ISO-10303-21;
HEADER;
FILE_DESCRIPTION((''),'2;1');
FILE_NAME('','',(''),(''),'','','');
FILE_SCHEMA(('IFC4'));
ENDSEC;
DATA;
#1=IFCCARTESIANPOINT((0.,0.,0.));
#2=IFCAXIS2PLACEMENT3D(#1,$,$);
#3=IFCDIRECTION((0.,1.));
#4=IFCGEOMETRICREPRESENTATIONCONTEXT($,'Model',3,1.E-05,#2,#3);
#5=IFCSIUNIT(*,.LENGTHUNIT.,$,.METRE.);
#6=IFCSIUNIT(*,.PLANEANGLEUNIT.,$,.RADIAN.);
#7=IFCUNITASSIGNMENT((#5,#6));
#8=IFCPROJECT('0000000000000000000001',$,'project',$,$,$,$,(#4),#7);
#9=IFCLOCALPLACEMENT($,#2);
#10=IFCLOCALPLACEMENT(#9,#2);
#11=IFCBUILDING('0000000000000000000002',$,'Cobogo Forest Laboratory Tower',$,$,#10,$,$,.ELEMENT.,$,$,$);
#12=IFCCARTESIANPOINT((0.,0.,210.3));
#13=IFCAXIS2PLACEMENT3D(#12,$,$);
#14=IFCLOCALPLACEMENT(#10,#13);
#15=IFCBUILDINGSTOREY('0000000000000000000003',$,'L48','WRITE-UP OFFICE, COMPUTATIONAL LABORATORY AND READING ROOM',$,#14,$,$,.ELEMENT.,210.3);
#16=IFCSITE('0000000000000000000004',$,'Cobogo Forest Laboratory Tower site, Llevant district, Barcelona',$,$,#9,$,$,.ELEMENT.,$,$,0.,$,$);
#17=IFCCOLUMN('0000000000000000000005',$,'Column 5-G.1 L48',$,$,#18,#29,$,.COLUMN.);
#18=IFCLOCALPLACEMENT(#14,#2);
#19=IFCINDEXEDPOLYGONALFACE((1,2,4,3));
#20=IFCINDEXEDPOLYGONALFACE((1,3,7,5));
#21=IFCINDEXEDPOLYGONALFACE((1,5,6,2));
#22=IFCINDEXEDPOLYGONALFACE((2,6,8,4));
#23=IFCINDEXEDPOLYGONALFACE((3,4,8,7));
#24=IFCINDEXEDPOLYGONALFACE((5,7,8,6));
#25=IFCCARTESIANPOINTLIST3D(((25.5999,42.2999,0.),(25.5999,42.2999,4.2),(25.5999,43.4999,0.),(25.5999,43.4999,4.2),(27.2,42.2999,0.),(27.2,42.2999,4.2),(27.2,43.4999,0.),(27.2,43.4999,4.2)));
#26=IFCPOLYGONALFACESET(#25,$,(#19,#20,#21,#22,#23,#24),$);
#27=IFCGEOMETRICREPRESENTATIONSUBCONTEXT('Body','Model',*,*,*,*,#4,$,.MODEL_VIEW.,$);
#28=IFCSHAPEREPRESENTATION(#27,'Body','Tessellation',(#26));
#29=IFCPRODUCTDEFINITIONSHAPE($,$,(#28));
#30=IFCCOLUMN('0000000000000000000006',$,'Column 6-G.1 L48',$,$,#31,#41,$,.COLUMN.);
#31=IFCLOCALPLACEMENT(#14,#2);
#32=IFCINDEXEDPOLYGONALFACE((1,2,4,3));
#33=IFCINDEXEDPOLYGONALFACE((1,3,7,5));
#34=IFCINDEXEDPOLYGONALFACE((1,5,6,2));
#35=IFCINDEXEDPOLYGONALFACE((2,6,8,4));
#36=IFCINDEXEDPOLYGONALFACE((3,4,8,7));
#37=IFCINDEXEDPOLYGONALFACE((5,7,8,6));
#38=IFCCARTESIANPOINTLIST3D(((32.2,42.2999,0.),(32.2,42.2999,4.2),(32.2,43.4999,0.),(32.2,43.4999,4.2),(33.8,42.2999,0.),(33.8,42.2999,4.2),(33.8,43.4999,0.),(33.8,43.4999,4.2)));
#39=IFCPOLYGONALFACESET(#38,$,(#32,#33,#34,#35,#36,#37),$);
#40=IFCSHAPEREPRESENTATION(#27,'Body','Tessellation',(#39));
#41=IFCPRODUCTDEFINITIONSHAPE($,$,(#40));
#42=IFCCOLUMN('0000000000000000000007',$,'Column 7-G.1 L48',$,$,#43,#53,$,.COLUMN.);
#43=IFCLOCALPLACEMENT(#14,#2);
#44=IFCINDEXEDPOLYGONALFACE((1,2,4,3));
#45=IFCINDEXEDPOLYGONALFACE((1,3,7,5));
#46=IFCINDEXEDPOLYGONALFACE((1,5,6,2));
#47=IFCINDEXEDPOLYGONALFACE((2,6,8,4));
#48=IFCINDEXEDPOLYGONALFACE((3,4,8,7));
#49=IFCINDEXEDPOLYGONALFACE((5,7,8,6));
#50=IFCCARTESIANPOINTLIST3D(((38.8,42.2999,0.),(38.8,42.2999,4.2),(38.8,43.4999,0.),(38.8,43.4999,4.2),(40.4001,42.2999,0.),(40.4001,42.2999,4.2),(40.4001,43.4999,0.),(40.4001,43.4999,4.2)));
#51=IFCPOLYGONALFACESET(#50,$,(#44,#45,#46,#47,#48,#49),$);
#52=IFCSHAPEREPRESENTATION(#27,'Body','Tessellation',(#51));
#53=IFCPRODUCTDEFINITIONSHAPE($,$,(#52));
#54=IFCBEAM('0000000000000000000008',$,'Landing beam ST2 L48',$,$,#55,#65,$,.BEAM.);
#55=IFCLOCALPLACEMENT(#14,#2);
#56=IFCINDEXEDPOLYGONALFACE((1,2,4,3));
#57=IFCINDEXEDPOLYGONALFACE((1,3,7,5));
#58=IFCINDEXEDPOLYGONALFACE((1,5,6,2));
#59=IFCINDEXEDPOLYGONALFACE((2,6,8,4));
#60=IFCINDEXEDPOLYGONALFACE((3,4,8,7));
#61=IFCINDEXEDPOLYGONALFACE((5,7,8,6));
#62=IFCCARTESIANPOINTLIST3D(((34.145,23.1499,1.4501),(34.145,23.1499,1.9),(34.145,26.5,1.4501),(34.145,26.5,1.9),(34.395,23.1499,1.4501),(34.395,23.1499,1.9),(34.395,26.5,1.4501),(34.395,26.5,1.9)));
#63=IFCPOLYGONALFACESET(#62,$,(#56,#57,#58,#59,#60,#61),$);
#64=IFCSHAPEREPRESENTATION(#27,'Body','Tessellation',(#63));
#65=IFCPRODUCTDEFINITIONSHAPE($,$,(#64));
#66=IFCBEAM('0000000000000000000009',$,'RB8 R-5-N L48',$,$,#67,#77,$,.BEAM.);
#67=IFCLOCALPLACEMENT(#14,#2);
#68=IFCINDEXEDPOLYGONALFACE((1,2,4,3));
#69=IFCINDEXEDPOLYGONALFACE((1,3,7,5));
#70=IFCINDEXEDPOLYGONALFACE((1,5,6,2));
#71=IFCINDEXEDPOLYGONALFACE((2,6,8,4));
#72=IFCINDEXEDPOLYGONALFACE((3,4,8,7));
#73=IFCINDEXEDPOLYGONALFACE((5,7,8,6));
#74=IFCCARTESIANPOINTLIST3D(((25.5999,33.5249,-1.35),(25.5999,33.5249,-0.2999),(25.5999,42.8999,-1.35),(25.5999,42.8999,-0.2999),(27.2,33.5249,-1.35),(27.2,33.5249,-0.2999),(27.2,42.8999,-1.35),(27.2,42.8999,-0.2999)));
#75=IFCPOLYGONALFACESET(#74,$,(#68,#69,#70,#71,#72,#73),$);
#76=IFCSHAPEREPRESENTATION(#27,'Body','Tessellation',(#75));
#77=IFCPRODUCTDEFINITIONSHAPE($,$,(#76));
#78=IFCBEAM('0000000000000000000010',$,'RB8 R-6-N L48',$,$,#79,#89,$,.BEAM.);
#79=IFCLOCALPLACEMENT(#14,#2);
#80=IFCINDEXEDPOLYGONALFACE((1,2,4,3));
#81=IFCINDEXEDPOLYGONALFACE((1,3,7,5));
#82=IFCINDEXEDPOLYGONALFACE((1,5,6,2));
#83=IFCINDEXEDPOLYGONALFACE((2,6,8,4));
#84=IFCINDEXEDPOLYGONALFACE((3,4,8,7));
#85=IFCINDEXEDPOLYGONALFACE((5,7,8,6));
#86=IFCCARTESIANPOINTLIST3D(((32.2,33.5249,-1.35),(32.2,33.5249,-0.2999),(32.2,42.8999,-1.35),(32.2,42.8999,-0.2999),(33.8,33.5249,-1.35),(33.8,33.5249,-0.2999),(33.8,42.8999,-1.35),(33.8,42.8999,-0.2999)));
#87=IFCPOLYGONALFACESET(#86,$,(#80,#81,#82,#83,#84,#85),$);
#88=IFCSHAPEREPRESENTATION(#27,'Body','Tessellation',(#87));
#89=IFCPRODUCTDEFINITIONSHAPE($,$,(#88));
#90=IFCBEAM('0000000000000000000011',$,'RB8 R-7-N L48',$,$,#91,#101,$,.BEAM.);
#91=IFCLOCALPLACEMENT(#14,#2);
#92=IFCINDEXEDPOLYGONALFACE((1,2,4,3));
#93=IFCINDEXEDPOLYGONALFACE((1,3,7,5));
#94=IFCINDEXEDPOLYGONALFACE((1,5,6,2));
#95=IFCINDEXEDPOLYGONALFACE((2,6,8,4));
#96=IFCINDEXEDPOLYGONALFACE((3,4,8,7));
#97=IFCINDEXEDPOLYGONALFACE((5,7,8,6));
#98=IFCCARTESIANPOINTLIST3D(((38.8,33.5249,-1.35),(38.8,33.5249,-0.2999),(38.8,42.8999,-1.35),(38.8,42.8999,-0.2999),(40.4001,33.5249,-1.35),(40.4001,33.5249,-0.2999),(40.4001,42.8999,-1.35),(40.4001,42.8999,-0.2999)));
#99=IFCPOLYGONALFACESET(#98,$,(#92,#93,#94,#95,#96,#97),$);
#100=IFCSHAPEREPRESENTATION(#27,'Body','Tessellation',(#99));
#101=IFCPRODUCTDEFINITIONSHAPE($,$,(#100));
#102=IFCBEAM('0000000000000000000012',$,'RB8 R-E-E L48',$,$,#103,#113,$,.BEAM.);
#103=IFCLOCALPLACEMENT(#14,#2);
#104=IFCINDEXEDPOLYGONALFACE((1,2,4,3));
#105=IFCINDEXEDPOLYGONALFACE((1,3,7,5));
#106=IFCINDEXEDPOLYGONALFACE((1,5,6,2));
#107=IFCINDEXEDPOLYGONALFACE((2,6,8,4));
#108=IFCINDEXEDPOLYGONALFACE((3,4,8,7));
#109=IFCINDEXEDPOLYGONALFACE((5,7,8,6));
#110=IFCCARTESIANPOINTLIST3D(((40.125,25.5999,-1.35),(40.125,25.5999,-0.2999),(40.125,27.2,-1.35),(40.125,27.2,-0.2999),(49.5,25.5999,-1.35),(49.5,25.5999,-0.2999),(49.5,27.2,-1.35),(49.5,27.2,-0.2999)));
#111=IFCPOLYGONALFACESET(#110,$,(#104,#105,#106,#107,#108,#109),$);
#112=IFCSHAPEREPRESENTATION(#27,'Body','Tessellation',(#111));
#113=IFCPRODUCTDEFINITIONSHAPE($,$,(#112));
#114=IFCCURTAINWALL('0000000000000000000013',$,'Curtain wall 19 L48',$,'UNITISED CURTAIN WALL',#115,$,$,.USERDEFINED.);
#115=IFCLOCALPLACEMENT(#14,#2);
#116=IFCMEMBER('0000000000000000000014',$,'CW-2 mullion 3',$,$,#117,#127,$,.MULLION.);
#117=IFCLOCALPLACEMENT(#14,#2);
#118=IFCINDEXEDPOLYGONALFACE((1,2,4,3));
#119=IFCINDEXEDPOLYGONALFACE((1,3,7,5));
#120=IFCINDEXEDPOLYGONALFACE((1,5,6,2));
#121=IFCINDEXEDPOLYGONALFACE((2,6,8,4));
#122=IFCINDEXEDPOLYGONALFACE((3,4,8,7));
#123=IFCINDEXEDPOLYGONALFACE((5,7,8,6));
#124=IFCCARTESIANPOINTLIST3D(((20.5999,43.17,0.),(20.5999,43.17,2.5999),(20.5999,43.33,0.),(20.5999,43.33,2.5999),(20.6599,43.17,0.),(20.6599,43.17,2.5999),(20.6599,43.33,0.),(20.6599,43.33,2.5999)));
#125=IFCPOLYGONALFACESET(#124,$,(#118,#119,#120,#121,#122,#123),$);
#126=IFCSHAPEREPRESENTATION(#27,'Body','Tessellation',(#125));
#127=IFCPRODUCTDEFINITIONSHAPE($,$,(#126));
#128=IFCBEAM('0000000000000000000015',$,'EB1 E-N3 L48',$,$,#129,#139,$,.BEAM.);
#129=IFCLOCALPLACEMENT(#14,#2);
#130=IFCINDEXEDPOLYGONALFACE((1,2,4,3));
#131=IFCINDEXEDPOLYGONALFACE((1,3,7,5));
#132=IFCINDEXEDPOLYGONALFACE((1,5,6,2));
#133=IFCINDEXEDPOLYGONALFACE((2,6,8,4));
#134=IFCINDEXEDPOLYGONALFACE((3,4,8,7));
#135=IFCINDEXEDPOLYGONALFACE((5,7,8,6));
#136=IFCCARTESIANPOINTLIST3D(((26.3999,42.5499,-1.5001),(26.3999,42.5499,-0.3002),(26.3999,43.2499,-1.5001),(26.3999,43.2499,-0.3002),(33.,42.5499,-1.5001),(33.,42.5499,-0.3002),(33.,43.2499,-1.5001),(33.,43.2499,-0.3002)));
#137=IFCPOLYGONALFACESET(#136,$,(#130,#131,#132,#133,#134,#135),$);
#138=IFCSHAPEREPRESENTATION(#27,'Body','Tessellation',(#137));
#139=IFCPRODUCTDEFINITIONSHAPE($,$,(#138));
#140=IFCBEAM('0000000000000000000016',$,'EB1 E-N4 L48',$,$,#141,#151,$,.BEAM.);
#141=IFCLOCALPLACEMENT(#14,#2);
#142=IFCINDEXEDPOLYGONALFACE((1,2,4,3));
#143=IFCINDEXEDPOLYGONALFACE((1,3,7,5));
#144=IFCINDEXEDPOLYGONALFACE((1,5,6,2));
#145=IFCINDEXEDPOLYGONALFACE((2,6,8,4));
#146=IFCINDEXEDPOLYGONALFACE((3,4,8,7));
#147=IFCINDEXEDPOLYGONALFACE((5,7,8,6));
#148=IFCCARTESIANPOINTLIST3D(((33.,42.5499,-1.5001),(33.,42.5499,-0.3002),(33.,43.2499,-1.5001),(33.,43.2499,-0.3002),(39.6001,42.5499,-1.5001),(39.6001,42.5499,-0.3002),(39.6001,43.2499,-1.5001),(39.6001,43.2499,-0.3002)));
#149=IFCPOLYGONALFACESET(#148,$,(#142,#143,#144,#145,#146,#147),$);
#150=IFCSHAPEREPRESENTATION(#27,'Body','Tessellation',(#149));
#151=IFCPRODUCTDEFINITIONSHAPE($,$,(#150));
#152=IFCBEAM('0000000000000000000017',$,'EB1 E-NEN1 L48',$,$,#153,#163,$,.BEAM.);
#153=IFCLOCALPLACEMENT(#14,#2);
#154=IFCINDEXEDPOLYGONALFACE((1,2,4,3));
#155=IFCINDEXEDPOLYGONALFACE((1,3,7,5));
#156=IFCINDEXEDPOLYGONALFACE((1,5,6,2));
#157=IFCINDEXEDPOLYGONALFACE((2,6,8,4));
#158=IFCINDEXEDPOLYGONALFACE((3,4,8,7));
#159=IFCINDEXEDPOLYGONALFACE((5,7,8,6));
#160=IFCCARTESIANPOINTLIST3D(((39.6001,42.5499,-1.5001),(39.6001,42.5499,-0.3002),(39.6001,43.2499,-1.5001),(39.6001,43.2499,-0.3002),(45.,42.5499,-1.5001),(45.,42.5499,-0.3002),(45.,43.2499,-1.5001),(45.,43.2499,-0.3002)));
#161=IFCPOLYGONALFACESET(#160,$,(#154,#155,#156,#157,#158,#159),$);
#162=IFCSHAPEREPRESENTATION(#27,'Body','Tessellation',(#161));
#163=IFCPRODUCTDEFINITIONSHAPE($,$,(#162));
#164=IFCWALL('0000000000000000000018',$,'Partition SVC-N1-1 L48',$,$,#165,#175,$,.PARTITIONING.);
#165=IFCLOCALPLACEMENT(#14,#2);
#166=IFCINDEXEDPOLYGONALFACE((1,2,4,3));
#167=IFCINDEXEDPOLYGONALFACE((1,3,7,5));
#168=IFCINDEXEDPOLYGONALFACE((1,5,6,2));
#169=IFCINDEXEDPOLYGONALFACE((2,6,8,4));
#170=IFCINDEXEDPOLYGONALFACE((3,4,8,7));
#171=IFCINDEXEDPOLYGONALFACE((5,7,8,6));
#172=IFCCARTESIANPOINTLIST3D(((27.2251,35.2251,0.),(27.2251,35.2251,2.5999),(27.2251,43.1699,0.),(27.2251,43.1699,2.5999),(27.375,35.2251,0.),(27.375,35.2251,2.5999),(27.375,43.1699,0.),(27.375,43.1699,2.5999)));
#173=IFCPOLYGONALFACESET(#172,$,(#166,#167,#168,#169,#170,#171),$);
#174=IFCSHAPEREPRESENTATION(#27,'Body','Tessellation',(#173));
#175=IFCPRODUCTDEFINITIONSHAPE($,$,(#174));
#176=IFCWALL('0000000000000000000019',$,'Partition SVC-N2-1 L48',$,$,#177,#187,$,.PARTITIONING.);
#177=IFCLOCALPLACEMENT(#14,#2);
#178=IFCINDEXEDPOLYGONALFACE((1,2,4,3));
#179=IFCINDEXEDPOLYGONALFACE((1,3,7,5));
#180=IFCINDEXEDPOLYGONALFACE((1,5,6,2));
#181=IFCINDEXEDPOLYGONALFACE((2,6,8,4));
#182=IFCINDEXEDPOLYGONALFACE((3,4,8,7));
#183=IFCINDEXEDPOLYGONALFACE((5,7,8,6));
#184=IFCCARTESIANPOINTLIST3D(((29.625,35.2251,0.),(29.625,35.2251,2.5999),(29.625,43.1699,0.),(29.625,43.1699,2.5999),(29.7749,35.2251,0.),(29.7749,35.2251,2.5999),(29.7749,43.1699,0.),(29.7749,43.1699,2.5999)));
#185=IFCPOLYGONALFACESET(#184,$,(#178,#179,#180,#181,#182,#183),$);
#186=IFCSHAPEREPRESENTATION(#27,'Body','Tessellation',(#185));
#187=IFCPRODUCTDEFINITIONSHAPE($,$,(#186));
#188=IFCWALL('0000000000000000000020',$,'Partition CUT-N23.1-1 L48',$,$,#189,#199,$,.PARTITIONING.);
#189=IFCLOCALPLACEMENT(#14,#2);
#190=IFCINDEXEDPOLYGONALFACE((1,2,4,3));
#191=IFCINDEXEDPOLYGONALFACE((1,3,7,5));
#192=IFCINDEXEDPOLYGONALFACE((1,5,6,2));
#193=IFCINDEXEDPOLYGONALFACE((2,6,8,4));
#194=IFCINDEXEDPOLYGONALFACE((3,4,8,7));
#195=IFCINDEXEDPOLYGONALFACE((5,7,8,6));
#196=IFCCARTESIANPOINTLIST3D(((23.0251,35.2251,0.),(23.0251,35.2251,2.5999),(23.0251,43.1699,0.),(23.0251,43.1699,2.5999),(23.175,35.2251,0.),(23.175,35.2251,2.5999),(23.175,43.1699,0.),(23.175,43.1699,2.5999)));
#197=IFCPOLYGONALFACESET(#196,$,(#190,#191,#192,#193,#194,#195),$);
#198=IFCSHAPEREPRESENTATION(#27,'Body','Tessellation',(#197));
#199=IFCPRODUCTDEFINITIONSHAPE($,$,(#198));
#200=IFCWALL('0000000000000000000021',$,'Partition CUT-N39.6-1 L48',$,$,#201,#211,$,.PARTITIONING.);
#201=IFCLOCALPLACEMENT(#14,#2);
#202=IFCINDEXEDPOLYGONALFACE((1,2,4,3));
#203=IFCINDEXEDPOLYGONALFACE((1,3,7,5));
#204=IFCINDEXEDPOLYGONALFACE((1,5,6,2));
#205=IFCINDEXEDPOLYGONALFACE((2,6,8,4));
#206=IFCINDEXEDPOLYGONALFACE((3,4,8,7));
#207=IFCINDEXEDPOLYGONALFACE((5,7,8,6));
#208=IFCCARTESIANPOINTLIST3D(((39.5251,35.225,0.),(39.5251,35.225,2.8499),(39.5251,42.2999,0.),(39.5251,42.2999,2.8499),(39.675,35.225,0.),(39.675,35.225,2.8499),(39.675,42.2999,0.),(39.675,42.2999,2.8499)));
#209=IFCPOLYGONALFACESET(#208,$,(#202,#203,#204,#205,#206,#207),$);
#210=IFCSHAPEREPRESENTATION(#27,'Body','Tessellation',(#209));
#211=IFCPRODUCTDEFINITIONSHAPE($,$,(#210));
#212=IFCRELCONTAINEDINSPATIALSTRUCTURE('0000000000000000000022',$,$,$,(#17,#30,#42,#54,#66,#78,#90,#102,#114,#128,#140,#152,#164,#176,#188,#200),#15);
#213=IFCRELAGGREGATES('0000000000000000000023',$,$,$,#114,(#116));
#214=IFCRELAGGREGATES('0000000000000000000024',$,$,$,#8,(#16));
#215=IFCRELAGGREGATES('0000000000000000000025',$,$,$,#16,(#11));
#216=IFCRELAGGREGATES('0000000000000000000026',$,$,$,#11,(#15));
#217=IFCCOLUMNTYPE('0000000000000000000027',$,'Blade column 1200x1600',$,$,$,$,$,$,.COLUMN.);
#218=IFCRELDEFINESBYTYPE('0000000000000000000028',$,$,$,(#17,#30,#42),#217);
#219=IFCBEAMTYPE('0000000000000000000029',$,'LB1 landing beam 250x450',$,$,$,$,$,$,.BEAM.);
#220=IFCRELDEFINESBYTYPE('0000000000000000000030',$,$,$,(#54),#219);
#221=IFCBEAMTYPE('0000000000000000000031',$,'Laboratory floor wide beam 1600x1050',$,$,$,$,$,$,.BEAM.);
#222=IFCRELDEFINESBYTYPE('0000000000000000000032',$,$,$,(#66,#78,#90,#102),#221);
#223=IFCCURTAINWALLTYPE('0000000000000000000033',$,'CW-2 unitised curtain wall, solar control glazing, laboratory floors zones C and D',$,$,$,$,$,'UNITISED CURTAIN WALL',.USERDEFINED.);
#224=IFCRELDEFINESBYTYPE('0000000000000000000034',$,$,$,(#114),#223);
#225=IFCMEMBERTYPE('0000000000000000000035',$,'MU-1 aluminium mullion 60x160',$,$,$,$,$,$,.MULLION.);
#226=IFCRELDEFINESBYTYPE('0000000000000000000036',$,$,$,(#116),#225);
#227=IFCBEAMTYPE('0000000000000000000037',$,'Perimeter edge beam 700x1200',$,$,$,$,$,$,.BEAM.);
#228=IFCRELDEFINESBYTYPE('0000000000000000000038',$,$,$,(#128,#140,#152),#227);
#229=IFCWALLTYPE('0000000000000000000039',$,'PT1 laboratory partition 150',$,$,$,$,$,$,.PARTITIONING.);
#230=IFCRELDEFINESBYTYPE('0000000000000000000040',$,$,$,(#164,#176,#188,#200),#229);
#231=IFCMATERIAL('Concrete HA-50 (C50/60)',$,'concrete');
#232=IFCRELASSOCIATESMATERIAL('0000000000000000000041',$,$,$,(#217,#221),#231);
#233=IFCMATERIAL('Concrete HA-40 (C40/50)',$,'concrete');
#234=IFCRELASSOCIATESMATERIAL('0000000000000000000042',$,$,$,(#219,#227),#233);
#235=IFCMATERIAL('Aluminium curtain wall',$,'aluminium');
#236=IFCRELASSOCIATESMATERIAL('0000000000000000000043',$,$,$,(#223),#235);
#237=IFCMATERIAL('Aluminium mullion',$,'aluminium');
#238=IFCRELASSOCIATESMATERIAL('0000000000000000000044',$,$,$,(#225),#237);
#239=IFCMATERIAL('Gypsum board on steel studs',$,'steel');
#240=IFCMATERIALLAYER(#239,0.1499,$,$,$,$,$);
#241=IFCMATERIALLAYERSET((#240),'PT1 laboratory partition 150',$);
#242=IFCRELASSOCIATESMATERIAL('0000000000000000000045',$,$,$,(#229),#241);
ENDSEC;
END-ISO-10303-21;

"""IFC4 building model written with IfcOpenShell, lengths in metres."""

from ifc_helpers import new_model, si_unit, direction, frame, frame_2d, origin, origin_2d, place, context, subcontext, project, spatial, rectangle, extrude, material, layer, layer_set, material_profile, profile_set, type_object, element, aggregate, save


model = new_model("IFC4")

# Units and contexts
model_context = context("Model", 3, precision=1e-05, world=origin(), true_north=direction((0.0, 1.0)))
body_context = subcontext(model_context, "Body", "Model", "MODEL_VIEW")
ifc_project = project(units=[si_unit("LENGTHUNIT", "METRE"), si_unit("PLANEANGLEUNIT", "RADIAN")], contexts=[model_context])

# Site, building, storey
site_placement = place(None, origin())
site = spatial("IfcSite", under=ifc_project, at=site_placement, Name="Cobogo Forest Laboratory Tower site, Llevant district, Barcelona", CompositionType="ELEMENT", RefElevation=0.0)
building_placement = place(site_placement, origin())
building = spatial("IfcBuilding", under=site, at=building_placement, Name="Cobogo Forest Laboratory Tower", CompositionType="ELEMENT")
storey_placement = place(building_placement, frame((0.0, 0.0, 210.3)))
storey = spatial("IfcBuildingStorey", under=building, at=storey_placement, Name="L48", Description="WRITE-UP OFFICE, COMPUTATIONAL LABORATORY AND READING ROOM", CompositionType="ELEMENT", Elevation=210.3)

# Columns
ifc_material_1 = material(Name="Concrete HA-50 (C50/60)", Category="concrete")
ifc_material_profile_1 = material_profile(ifc_material_1, rectangle(XDim=1.6001, YDim=1.2, at=origin_2d()), Name="RC 1200x1600")
ifc_profile_set_1 = profile_set([ifc_material_profile_1], Name="Concrete HA-50 (C50/60)")
column_type = type_object("IfcColumnType", Name="Blade column 1200x1600", PredefinedType="COLUMN", material=ifc_profile_set_1)
for number, where, z_axis, x_axis, name in (
    (1, (26.3999, 42.8999, 0.0), (0.0, 0.0, 1.0), (1.0, 0.0, 0.0), "Column 5-G.1 L48"),
    (2, (33.0, 42.8999, 0.0), (0.0, 0.0, 1.0), (1.0, 0.0, 0.0), "Column 6-G.1 L48"),
    (3, (39.6001, 42.8999, 0.0), (0.0, 0.0, 1.0), (1.0, 0.0, 0.0), "Column 7-G.1 L48"),
):
    element("IfcColumn", number, at=place(storey_placement, frame(where, z_axis=z_axis, x_axis=x_axis)), inside=storey, type_object=column_type, Name=name, PredefinedType="COLUMN", context=body_context, shape_type="SweptSolid", body=[
        extrude(rectangle(XDim=1.6001, YDim=1.2, at=origin_2d()), origin(), (0.0, 0.0, 1.0), 4.2),
    ])

# Beams
ifc_material_2 = material(Name="Concrete HA-40 (C40/50)", Category="concrete")
ifc_material_profile_2 = material_profile(ifc_material_2, rectangle(XDim=0.25, YDim=0.45, at=origin_2d()), Name="RC 250x450")
ifc_profile_set_2 = profile_set([ifc_material_profile_2], Name="Concrete HA-40 (C40/50)")
beam_type_1 = type_object("IfcBeamType", Name="LB1 landing beam 250x450", PredefinedType="BEAM", material=ifc_profile_set_2)
beam_1_placement = place(storey_placement, frame((34.27, 23.1499, 1.675), z_axis=(0.0, 1.0, 0.0), x_axis=(-1.0, 0.0, 0.0)))
element("IfcBeam", 4, at=beam_1_placement, inside=storey, type_object=beam_type_1, Name="Landing beam ST2 L48", PredefinedType="BEAM", context=body_context, shape_type="SweptSolid", body=[
    extrude(rectangle(XDim=0.25, YDim=0.45, at=origin_2d()), origin(), (0.0, 0.0, 1.0), 3.3501),
])
ifc_material_profile_3 = material_profile(ifc_material_1, rectangle(XDim=1.6001, YDim=1.05, at=origin_2d()), Name="RC 1600x1050")
ifc_profile_set_3 = profile_set([ifc_material_profile_3], Name="Concrete HA-50 (C50/60)")
beam_type_2 = type_object("IfcBeamType", Name="Laboratory floor wide beam 1600x1050", PredefinedType="BEAM", material=ifc_profile_set_3)
for number, where, z_axis, x_axis, name in (
    (5, (26.3999, 33.5249, -0.825), (0.0, 1.0, 0.0), (-1.0, 0.0, 0.0), "RB8 R-5-N L48"),
    (6, (33.0, 33.5249, -0.825), (0.0, 1.0, 0.0), (-1.0, 0.0, 0.0), "RB8 R-6-N L48"),
    (7, (39.6001, 33.5249, -0.825), (0.0, 1.0, 0.0), (-1.0, 0.0, 0.0), "RB8 R-7-N L48"),
    (8, (40.125, 26.3999, -0.825), (1.0, 0.0, 0.0), (0.0, 1.0, 0.0), "RB8 R-E-E L48"),
):
    element("IfcBeam", number, at=place(storey_placement, frame(where, z_axis=z_axis, x_axis=x_axis)), inside=storey, type_object=beam_type_2, Name=name, PredefinedType="BEAM", context=body_context, shape_type="SweptSolid", body=[
        extrude(rectangle(XDim=1.6001, YDim=1.05, at=origin_2d()), origin(), (0.0, 0.0, 1.0), 9.375),
    ])

# Curtain wall, member
ifc_material_3 = material(Name="Aluminium curtain wall", Category="aluminium")
curtain_wall_type = type_object("IfcCurtainWallType", Name="CW-2 unitised curtain wall, solar control glazing, laboratory floors zones C and D", ElementType="UNITISED CURTAIN WALL", PredefinedType="USERDEFINED", material=ifc_material_3)
curtain_wall_placement = place(storey_placement, origin())
curtain_wall = element("IfcCurtainWall", 9, at=curtain_wall_placement, inside=storey, type_object=curtain_wall_type, Name="Curtain wall 19 L48", ObjectType="UNITISED CURTAIN WALL", PredefinedType="USERDEFINED")
ifc_material_4 = material(Name="Aluminium mullion", Category="aluminium")
ifc_material_profile_4 = material_profile(ifc_material_4, rectangle(XDim=0.0601, YDim=0.1599, at=origin_2d()), Name="AL 60x160")
ifc_profile_set_4 = profile_set([ifc_material_profile_4], Name="Aluminium mullion")
member_type = type_object("IfcMemberType", Name="MU-1 aluminium mullion 60x160", PredefinedType="MULLION", material=ifc_profile_set_4)
member_placement = place(storey_placement, frame((20.6299, 43.25, 0.0), z_axis=(0.0, 0.0, 1.0), x_axis=(-1.0, 0.0, 0.0)))
member = element("IfcMember", 10, at=member_placement, type_object=member_type, Name="CW-2 mullion 3", PredefinedType="MULLION", context=body_context, shape_type="SweptSolid", body=[
    extrude(rectangle(XDim=0.0601, YDim=0.1599, at=origin_2d()), origin(), (0.0, 0.0, 1.0), 2.5999),
])
aggregate(curtain_wall, [member])

# Beams
ifc_material_profile_5 = material_profile(ifc_material_2, rectangle(XDim=0.7, YDim=1.2, at=origin_2d()), Name="RC 700x1200")
ifc_profile_set_5 = profile_set([ifc_material_profile_5], Name="Concrete HA-40 (C40/50)")
beam_type_3 = type_object("IfcBeamType", Name="Perimeter edge beam 700x1200", PredefinedType="BEAM", material=ifc_profile_set_5)
for number, where, z_axis, x_axis, name in (
    (11, (26.3999, 42.8999, -0.9001), (1.0, 0.0, 0.0), (0.0, 1.0, 0.0), "EB1 E-N3 L48"),
    (12, (33.0, 42.8999, -0.9001), (1.0, 0.0, 0.0), (0.0, 1.0, 0.0), "EB1 E-N4 L48"),
):
    element("IfcBeam", number, at=place(storey_placement, frame(where, z_axis=z_axis, x_axis=x_axis)), inside=storey, type_object=beam_type_3, Name=name, PredefinedType="BEAM", context=body_context, shape_type="SweptSolid", body=[
        extrude(rectangle(XDim=0.7, YDim=1.2, at=origin_2d()), origin(), (0.0, 0.0, 1.0), 6.6001),
    ])
beam_2_placement = place(storey_placement, frame((39.6001, 42.8999, -0.9001), z_axis=(1.0, 0.0, 0.0), x_axis=(0.0, 1.0, 0.0)))
element("IfcBeam", 13, at=beam_2_placement, inside=storey, type_object=beam_type_3, Name="EB1 E-NEN1 L48", PredefinedType="BEAM", context=body_context, shape_type="SweptSolid", body=[
    extrude(rectangle(XDim=0.7, YDim=1.2, at=origin_2d()), origin(), (0.0, 0.0, 1.0), 5.3999),
])

# Walls
ifc_material_5 = material(Name="Gypsum board on steel studs", Category="steel")
ifc_layer_1 = layer(ifc_material_5, 0.1499)
ifc_layer_set_1 = layer_set([ifc_layer_1], Name="PT1 laboratory partition 150")
wall_type_1 = type_object("IfcWallType", Name="PT1 laboratory partition 150", PredefinedType="PARTITIONING", material=ifc_layer_set_1)
for number, where, z_axis, x_axis, name in (
    (14, (27.3, 43.1699, 0.0), (0.0, 0.0, 1.0), (0.0, -1.0, 0.0), "Partition SVC-N1-1 L48"),
    (15, (29.7, 43.1699, 0.0), (0.0, 0.0, 1.0), (0.0, -1.0, 0.0), "Partition SVC-N2-1 L48"),
    (16, (23.1001, 43.1699, 0.0), (0.0, 0.0, 1.0), (0.0, -1.0, 0.0), "Partition CUT-N23.1-1 L48"),
):
    element("IfcWall", number, at=place(storey_placement, frame(where, z_axis=z_axis, x_axis=x_axis)), inside=storey, type_object=wall_type_1, Name=name, PredefinedType="PARTITIONING", context=body_context, shape_type="SweptSolid", body=[
        extrude(rectangle(XDim=7.9448, YDim=0.1499, at=frame_2d((3.9724, 0.0))), origin(), (0.0, 0.0, 1.0), 2.5999),
    ])
wall_1_placement = place(storey_placement, frame((39.6001, 42.3, 0.0), z_axis=(0.0, 0.0, 1.0), x_axis=(0.0, -1.0, 0.0)))
element("IfcWall", 17, at=wall_1_placement, inside=storey, type_object=wall_type_1, Name="Partition CUT-N39.6-1 L48", PredefinedType="PARTITIONING", context=body_context, shape_type="SweptSolid", body=[
    extrude(rectangle(XDim=7.075, YDim=0.1499, at=frame_2d((3.5376, 0.0))), origin(), (0.0, 0.0, 1.0), 2.8499),
])

save(model, "model.ifc")
